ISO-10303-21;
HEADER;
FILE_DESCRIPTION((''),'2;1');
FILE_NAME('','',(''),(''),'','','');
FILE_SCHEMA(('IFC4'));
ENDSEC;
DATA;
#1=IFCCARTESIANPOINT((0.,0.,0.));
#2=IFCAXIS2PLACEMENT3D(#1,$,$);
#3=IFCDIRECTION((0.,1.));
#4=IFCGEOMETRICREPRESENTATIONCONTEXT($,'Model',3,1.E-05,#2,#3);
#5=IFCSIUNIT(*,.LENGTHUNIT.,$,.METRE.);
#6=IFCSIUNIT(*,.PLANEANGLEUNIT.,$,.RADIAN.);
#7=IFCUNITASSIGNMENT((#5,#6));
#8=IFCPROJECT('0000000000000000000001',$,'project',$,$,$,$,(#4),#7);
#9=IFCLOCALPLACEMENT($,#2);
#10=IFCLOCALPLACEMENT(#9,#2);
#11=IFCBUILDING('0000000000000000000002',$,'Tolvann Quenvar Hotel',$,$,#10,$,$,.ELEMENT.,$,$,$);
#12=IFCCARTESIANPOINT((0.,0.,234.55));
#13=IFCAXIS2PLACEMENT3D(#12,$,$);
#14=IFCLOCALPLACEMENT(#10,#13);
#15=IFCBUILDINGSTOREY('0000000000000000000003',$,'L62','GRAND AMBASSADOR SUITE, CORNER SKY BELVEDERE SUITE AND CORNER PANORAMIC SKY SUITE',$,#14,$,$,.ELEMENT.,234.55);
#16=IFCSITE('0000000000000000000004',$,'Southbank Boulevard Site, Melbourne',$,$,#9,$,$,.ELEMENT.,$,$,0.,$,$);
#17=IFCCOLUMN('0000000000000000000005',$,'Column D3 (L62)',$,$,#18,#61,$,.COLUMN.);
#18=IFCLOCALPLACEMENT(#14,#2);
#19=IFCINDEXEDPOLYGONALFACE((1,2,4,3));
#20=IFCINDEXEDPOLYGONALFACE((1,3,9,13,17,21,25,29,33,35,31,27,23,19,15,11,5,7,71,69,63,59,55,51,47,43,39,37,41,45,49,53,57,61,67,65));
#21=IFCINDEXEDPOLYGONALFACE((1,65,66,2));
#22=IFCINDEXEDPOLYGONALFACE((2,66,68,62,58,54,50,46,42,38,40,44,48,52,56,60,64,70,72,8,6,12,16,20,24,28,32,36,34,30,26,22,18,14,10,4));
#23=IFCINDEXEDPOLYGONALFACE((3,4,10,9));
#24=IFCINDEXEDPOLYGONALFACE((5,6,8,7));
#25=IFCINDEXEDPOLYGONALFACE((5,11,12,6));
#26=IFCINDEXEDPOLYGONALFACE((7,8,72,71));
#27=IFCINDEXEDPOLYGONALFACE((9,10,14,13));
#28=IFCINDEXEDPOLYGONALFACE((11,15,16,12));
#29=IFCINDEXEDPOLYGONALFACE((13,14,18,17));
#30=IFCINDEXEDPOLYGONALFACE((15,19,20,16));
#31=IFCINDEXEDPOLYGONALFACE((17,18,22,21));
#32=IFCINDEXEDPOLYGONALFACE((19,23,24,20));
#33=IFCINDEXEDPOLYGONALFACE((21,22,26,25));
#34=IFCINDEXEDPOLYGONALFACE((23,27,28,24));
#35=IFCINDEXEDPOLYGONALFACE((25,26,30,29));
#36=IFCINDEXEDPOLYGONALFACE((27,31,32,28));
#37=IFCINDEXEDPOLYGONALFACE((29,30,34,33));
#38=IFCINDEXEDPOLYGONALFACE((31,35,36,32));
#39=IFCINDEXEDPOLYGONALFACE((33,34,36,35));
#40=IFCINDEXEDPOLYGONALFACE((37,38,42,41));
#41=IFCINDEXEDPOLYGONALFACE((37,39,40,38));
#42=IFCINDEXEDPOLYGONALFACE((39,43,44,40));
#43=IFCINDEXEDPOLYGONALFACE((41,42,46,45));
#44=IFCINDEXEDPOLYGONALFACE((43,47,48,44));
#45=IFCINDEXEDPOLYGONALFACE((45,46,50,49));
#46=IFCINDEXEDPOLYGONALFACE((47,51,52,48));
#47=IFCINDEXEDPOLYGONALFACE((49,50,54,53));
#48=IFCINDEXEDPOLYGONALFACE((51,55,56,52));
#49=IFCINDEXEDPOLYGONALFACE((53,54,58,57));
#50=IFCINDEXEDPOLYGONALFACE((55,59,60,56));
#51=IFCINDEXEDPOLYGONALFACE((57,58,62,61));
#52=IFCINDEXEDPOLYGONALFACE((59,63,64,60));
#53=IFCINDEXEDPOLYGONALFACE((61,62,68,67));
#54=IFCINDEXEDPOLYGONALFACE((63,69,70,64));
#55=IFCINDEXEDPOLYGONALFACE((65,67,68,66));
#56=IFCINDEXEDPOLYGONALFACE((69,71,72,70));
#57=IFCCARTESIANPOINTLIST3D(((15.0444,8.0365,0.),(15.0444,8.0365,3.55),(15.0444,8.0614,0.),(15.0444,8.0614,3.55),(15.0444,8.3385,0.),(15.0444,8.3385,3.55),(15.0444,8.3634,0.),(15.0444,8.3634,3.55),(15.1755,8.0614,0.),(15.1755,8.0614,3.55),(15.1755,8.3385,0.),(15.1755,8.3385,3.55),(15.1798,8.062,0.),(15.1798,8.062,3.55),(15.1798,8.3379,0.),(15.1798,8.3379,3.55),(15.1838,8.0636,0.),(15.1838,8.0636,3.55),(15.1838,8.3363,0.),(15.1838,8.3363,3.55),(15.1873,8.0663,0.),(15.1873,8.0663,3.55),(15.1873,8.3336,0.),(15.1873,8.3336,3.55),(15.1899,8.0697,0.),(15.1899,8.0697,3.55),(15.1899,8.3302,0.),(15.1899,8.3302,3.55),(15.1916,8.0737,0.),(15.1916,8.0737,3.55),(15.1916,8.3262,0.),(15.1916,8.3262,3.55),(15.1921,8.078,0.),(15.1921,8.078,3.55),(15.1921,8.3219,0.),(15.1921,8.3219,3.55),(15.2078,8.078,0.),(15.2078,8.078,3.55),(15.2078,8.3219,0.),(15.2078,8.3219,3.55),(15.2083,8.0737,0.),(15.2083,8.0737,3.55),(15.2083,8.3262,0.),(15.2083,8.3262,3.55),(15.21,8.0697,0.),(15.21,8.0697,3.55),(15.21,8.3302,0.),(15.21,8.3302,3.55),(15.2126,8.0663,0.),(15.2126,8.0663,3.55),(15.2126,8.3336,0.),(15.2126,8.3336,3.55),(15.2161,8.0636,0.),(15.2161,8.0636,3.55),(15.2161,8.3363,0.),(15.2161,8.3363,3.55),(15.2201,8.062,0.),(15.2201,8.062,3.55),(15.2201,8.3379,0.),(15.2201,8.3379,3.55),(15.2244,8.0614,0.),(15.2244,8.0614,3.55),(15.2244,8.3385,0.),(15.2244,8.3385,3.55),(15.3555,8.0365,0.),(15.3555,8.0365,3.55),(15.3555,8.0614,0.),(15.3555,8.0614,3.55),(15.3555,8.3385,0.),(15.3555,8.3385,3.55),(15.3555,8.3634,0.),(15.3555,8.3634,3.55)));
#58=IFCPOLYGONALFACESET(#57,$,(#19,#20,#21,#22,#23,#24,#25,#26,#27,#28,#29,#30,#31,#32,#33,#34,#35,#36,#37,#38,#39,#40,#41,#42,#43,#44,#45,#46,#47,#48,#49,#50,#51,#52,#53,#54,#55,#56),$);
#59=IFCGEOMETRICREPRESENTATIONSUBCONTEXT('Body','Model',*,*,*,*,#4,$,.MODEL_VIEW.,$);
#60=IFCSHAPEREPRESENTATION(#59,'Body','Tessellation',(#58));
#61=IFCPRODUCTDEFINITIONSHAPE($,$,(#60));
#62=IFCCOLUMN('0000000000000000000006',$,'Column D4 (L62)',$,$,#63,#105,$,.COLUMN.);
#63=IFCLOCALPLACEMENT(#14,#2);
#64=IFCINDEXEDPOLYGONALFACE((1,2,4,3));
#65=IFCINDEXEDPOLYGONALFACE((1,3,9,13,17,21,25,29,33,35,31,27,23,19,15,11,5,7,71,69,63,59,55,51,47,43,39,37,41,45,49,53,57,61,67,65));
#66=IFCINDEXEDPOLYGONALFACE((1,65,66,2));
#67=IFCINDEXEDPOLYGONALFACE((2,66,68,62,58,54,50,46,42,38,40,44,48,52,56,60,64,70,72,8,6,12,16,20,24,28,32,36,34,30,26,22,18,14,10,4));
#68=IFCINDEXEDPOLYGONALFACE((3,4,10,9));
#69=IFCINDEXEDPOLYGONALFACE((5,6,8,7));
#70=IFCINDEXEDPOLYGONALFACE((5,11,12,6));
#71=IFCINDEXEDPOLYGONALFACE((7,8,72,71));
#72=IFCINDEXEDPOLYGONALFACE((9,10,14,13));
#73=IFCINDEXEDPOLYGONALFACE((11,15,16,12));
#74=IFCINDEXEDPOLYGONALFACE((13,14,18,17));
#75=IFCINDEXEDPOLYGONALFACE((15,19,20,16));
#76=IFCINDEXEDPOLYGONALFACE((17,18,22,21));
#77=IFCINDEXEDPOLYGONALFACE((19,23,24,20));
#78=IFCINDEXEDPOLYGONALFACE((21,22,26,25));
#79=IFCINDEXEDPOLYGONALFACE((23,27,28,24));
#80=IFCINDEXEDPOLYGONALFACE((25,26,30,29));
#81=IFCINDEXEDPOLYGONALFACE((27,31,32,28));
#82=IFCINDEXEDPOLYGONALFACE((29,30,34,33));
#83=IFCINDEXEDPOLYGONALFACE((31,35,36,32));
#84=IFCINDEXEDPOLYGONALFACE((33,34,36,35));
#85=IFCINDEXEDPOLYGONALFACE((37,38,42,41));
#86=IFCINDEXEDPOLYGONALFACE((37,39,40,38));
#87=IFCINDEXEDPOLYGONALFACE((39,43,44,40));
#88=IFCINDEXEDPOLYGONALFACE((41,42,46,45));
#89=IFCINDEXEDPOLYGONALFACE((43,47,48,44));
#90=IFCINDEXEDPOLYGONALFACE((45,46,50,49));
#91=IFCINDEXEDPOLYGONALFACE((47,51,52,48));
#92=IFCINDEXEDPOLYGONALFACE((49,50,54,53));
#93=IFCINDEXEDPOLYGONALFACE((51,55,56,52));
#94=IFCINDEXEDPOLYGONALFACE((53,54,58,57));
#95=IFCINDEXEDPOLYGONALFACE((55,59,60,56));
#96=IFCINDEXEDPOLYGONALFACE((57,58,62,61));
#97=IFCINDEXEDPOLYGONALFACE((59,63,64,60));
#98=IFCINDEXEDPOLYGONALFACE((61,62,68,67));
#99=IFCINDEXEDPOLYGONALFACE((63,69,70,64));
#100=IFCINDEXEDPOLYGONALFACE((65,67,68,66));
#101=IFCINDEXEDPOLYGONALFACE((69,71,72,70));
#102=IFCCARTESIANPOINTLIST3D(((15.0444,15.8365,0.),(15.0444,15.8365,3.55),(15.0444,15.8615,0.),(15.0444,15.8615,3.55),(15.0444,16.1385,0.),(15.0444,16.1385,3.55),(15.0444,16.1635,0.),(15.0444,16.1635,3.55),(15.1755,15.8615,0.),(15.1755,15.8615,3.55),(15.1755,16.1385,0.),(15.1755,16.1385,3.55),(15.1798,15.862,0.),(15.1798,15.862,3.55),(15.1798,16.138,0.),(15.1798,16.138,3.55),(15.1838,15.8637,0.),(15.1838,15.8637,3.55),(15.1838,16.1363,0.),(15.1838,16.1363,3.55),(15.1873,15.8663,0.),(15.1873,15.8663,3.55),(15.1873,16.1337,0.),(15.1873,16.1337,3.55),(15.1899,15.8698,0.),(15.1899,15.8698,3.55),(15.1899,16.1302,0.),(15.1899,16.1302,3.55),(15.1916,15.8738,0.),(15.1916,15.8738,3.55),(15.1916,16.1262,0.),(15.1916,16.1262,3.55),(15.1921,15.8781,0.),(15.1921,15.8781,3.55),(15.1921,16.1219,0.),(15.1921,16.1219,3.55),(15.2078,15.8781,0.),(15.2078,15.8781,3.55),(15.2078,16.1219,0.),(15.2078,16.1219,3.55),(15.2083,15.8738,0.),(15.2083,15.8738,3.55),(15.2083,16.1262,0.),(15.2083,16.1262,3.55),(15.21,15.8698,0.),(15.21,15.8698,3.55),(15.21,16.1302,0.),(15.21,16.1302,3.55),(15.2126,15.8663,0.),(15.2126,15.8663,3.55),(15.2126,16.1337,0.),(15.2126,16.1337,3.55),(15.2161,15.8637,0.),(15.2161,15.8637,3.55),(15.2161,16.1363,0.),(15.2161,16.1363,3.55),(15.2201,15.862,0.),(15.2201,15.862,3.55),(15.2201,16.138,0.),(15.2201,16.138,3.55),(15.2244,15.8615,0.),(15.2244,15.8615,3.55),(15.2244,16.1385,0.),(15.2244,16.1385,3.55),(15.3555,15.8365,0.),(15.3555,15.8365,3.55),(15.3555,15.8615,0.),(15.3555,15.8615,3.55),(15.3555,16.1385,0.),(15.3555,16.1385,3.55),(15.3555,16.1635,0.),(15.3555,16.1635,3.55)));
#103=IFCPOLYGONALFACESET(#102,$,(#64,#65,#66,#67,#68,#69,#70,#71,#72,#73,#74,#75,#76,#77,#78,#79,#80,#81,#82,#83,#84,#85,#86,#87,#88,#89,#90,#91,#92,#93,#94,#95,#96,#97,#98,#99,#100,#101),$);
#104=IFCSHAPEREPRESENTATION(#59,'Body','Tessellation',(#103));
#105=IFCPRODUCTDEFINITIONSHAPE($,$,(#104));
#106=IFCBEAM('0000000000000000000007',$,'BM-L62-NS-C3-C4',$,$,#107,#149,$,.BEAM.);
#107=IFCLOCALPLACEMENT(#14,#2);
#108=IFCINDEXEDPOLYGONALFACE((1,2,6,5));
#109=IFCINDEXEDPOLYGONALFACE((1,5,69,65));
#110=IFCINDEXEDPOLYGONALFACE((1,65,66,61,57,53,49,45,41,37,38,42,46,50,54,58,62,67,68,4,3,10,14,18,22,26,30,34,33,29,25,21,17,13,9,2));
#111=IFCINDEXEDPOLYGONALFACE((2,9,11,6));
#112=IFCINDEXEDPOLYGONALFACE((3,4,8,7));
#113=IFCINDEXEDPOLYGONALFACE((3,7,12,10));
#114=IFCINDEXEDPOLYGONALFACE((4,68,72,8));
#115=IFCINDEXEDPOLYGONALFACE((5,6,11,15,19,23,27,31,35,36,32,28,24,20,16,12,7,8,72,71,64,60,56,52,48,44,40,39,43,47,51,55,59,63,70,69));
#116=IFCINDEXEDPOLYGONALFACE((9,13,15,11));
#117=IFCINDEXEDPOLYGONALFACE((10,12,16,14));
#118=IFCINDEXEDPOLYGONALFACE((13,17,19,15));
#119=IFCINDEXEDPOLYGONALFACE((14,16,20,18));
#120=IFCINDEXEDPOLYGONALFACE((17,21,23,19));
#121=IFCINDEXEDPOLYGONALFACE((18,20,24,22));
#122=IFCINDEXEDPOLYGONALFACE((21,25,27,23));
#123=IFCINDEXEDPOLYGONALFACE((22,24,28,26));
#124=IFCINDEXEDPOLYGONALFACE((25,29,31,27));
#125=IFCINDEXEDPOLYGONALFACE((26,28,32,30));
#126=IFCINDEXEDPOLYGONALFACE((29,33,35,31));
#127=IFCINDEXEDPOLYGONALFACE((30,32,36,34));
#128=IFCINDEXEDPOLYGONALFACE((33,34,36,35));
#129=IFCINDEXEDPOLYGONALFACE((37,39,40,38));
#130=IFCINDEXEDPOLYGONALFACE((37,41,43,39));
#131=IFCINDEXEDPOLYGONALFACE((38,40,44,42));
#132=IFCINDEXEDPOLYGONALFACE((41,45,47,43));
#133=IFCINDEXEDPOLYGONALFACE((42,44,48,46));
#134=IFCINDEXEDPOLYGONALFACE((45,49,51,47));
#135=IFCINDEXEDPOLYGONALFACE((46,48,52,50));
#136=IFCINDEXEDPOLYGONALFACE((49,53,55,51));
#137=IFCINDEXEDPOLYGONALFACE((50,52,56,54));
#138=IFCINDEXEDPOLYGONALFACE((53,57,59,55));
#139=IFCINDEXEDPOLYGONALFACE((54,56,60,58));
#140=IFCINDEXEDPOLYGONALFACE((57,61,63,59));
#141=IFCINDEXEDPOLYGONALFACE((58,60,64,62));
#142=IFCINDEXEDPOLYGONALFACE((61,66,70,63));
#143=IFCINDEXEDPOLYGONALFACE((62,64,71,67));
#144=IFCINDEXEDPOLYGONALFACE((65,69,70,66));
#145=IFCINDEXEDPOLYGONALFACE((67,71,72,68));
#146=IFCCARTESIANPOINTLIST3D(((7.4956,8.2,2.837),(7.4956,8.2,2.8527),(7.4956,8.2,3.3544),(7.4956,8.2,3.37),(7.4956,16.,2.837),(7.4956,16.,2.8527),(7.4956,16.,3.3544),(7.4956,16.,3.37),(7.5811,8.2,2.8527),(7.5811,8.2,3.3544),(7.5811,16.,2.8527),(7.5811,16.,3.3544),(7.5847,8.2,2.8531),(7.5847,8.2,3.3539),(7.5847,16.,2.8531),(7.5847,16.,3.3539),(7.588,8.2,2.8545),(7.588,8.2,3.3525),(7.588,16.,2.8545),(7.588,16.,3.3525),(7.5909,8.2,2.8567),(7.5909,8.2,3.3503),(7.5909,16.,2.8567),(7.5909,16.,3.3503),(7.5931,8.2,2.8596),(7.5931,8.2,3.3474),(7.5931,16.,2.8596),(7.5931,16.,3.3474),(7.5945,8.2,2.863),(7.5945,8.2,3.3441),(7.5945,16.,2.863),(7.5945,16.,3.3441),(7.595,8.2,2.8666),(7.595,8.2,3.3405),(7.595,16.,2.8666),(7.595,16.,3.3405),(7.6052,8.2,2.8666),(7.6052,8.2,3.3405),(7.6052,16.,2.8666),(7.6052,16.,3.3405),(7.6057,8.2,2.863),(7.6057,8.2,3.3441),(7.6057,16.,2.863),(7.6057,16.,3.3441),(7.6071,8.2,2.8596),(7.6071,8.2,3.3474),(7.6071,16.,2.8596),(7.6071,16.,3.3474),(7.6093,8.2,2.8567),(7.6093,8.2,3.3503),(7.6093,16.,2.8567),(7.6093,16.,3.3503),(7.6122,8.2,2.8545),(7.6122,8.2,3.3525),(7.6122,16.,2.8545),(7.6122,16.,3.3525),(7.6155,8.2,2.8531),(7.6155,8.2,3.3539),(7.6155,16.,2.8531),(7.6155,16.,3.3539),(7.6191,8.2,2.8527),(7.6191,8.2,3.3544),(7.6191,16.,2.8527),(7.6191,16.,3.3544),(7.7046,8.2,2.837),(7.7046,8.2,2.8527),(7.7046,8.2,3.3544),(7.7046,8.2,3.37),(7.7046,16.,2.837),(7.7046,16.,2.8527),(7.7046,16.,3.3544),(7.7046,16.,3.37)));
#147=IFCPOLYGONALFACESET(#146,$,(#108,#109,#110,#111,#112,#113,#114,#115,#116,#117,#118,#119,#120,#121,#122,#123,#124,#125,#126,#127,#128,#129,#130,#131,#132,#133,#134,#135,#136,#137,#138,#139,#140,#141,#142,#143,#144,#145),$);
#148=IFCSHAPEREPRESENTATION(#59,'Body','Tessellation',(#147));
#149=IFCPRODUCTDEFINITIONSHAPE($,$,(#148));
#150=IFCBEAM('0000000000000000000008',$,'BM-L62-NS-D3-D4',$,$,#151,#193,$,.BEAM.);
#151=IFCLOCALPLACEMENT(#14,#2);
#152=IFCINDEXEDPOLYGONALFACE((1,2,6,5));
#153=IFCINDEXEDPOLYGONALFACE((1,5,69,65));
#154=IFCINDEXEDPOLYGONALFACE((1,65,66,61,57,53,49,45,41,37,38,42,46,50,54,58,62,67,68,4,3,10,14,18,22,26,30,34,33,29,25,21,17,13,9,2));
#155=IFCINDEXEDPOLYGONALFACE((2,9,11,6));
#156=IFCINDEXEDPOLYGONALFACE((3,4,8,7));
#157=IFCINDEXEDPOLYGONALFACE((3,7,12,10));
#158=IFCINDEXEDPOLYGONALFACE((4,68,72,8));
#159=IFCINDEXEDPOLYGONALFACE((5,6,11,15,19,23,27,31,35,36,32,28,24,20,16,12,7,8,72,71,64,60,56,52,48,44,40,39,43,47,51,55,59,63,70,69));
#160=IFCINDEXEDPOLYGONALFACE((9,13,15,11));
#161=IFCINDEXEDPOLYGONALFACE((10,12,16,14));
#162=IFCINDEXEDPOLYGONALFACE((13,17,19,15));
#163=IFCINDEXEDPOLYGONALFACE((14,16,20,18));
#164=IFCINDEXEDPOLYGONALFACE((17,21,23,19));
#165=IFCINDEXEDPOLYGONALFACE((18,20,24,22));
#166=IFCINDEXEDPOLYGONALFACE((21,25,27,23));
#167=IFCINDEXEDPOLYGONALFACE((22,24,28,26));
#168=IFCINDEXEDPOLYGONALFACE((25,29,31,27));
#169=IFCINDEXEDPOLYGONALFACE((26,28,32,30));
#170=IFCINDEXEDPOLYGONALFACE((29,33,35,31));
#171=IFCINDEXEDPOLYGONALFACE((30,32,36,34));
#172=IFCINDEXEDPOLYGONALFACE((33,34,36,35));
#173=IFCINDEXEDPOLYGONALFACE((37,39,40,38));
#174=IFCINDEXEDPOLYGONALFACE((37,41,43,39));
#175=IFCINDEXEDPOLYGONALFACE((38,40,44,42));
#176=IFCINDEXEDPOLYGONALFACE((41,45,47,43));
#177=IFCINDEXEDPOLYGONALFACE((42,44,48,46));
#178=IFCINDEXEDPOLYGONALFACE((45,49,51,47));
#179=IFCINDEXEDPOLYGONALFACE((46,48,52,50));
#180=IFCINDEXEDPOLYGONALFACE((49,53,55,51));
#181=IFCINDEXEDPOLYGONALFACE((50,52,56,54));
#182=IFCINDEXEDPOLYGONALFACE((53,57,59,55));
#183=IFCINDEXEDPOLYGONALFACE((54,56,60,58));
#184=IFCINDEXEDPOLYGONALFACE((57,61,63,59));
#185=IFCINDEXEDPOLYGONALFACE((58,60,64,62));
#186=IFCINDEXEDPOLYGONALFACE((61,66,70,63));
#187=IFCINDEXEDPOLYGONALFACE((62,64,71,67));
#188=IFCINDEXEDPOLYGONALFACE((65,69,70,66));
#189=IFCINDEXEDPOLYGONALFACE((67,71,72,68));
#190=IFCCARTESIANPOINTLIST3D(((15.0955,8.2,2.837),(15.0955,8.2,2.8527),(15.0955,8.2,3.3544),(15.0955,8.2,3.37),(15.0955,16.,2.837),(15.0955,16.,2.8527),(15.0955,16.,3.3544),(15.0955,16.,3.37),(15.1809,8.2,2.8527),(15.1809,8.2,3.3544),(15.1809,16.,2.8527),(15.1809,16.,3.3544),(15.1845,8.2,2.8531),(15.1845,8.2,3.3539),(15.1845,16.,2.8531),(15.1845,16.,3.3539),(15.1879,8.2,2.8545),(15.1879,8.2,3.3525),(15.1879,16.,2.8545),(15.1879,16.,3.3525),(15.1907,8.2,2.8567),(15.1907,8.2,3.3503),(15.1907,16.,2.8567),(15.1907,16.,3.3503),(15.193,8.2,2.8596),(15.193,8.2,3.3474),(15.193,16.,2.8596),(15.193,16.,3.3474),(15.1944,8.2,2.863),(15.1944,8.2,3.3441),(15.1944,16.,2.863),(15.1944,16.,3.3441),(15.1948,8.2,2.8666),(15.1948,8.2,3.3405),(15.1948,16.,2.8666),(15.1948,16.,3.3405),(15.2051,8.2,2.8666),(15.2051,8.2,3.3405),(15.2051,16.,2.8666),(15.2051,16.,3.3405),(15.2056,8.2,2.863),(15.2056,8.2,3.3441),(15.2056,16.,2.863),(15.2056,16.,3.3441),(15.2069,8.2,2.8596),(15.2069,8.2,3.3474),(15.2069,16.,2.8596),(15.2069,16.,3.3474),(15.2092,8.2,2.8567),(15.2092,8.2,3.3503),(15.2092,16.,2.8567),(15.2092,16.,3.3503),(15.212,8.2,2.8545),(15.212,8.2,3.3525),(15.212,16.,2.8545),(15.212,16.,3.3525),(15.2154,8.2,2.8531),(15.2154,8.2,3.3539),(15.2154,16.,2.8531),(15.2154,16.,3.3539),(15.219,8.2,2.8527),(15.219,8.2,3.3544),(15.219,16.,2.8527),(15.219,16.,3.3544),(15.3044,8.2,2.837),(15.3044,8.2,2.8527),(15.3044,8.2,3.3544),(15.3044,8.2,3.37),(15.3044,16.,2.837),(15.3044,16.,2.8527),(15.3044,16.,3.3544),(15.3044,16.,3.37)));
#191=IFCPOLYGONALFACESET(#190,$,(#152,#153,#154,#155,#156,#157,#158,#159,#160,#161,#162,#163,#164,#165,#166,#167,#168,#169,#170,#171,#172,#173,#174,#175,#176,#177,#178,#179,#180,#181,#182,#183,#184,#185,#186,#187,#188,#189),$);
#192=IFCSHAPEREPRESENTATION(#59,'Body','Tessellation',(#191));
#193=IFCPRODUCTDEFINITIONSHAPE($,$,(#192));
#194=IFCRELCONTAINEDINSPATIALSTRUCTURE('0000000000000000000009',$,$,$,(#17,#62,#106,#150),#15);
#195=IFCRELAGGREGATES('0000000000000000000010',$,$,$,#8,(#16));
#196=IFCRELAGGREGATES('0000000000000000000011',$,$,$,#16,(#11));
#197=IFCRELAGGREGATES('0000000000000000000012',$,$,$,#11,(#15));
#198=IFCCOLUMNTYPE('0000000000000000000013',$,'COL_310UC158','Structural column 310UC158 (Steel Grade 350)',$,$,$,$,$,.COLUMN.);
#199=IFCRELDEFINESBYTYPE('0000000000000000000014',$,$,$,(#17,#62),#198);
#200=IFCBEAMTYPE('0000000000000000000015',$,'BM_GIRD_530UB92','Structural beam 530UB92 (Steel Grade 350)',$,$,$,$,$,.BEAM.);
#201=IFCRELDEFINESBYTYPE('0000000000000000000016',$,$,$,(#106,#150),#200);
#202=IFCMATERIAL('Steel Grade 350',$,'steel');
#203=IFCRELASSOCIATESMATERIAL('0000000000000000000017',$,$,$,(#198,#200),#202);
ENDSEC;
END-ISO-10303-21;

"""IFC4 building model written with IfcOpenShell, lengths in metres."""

from ifc_helpers import new_model, si_unit, direction, frame, origin, origin_2d, place, context, subcontext, project, spatial, i_section, extrude, source, transform, mapped, material, material_profile, profile_set, type_object, type_shapes, element, save


model = new_model("IFC4")

# Units and contexts
model_context = context("Model", 3, precision=1e-05, world=origin(), true_north=direction((0.0, 1.0)))
body_context = subcontext(model_context, "Body", "Model", "MODEL_VIEW")
ifc_project = project(units=[si_unit("LENGTHUNIT", "METRE"), si_unit("PLANEANGLEUNIT", "RADIAN")], contexts=[model_context])

# Site, building, storey
site_placement = place(None, origin())
site = spatial("IfcSite", under=ifc_project, at=site_placement, Name="Southbank Boulevard Site, Melbourne", CompositionType="ELEMENT", RefElevation=0.0)
building_placement = place(site_placement, origin())
building = spatial("IfcBuilding", under=site, at=building_placement, Name="Tolvann Quenvar Hotel", CompositionType="ELEMENT")
storey_placement = place(building_placement, frame((0.0, 0.0, 234.55)))
storey = spatial("IfcBuildingStorey", under=building, at=storey_placement, Name="L62", Description="GRAND AMBASSADOR SUITE, CORNER SKY BELVEDERE SUITE AND CORNER PANORAMIC SKY SUITE", CompositionType="ELEMENT", Elevation=234.55)

# Columns
ifc_material_1 = material(Name="Steel Grade 350", Category="steel")
ifc_material_profile_1 = material_profile(ifc_material_1, i_section(OverallWidth=0.311, OverallDepth=0.3269, WebThickness=0.0156, FlangeThickness=0.0249, FilletRadius=0.0166, at=origin_2d()), Name="310UC158")
ifc_profile_set_1 = profile_set([ifc_material_profile_1], Name="Steel Grade 350")
column_type_1 = type_object("IfcColumnType", Name="COL_310UC158", Description="Structural column 310UC158 (Steel Grade 350)", PredefinedType="COLUMN", material=ifc_profile_set_1)
shared_shape_1 = source(origin(), body_context, "Body", "SweptSolid", [
    extrude(i_section(OverallWidth=0.311, OverallDepth=0.3269, WebThickness=0.0156, FlangeThickness=0.0249, FilletRadius=0.0166, at=origin_2d()), origin(), (0.0, 0.0, 1.0), 3.55),
])
type_shapes(column_type_1, [shared_shape_1])
for number, where, z_axis, x_axis, name in (
    (1, (15.2, 8.2, 0.0), (0.0, 0.0, 1.0), (1.0, 0.0, 0.0), "Column D3 (L62)"),
    (2, (15.2, 16.0, 0.0), (0.0, 0.0, 1.0), (1.0, 0.0, 0.0), "Column D4 (L62)"),
):
    element("IfcColumn", number, at=place(storey_placement, frame(where, z_axis=z_axis, x_axis=x_axis)), inside=storey, type_object=column_type_1, Name=name, PredefinedType="COLUMN", context=body_context, shape_type="MappedRepresentation", body=[
        mapped(shared_shape_1, transform((0.0, 0.0, 0.0), x_axis=(1.0, 0.0, 0.0), y_axis=(0.0, 1.0, 0.0), z_axis=(0.0, 0.0, 1.0), scale=1.0)),
    ])

# Beams
ifc_material_profile_2 = material_profile(ifc_material_1, i_section(OverallWidth=0.209, OverallDepth=0.533, WebThickness=0.0103, FlangeThickness=0.0156, FilletRadius=0.0139, at=origin_2d()), Name="530UB92")
ifc_profile_set_2 = profile_set([ifc_material_profile_2], Name="Steel Grade 350")
beam_type_1 = type_object("IfcBeamType", Name="BM_GIRD_530UB92", Description="Structural beam 530UB92 (Steel Grade 350)", PredefinedType="BEAM", material=ifc_profile_set_2)
shared_shape_2 = source(origin(), body_context, "Body", "SweptSolid", [
    extrude(i_section(OverallWidth=0.209, OverallDepth=0.533, WebThickness=0.0103, FlangeThickness=0.0156, FilletRadius=0.0139, at=origin_2d()), origin(), (0.0, 0.0, 1.0), 7.8),
])
for number, where, z_axis, x_axis, name in (
    (3, (7.6001, 8.2, 3.1035), (0.0, 1.0, 0.0), (-1.0, 0.0, 0.0), "BM-L62-NS-C3-C4"),
    (4, (15.2, 8.2, 3.1035), (0.0, 1.0, 0.0), (-1.0, 0.0, 0.0), "BM-L62-NS-D3-D4"),
):
    element("IfcBeam", number, at=place(storey_placement, frame(where, z_axis=z_axis, x_axis=x_axis)), inside=storey, type_object=beam_type_1, Name=name, PredefinedType="BEAM", context=body_context, shape_type="MappedRepresentation", body=[
        mapped(shared_shape_2, transform((0.0, 0.0, 0.0), x_axis=(1.0, 0.0, 0.0), y_axis=(0.0, 1.0, 0.0), z_axis=(0.0, 0.0, 1.0), scale=1.0)),
    ])

save(model, "model.ifc")
